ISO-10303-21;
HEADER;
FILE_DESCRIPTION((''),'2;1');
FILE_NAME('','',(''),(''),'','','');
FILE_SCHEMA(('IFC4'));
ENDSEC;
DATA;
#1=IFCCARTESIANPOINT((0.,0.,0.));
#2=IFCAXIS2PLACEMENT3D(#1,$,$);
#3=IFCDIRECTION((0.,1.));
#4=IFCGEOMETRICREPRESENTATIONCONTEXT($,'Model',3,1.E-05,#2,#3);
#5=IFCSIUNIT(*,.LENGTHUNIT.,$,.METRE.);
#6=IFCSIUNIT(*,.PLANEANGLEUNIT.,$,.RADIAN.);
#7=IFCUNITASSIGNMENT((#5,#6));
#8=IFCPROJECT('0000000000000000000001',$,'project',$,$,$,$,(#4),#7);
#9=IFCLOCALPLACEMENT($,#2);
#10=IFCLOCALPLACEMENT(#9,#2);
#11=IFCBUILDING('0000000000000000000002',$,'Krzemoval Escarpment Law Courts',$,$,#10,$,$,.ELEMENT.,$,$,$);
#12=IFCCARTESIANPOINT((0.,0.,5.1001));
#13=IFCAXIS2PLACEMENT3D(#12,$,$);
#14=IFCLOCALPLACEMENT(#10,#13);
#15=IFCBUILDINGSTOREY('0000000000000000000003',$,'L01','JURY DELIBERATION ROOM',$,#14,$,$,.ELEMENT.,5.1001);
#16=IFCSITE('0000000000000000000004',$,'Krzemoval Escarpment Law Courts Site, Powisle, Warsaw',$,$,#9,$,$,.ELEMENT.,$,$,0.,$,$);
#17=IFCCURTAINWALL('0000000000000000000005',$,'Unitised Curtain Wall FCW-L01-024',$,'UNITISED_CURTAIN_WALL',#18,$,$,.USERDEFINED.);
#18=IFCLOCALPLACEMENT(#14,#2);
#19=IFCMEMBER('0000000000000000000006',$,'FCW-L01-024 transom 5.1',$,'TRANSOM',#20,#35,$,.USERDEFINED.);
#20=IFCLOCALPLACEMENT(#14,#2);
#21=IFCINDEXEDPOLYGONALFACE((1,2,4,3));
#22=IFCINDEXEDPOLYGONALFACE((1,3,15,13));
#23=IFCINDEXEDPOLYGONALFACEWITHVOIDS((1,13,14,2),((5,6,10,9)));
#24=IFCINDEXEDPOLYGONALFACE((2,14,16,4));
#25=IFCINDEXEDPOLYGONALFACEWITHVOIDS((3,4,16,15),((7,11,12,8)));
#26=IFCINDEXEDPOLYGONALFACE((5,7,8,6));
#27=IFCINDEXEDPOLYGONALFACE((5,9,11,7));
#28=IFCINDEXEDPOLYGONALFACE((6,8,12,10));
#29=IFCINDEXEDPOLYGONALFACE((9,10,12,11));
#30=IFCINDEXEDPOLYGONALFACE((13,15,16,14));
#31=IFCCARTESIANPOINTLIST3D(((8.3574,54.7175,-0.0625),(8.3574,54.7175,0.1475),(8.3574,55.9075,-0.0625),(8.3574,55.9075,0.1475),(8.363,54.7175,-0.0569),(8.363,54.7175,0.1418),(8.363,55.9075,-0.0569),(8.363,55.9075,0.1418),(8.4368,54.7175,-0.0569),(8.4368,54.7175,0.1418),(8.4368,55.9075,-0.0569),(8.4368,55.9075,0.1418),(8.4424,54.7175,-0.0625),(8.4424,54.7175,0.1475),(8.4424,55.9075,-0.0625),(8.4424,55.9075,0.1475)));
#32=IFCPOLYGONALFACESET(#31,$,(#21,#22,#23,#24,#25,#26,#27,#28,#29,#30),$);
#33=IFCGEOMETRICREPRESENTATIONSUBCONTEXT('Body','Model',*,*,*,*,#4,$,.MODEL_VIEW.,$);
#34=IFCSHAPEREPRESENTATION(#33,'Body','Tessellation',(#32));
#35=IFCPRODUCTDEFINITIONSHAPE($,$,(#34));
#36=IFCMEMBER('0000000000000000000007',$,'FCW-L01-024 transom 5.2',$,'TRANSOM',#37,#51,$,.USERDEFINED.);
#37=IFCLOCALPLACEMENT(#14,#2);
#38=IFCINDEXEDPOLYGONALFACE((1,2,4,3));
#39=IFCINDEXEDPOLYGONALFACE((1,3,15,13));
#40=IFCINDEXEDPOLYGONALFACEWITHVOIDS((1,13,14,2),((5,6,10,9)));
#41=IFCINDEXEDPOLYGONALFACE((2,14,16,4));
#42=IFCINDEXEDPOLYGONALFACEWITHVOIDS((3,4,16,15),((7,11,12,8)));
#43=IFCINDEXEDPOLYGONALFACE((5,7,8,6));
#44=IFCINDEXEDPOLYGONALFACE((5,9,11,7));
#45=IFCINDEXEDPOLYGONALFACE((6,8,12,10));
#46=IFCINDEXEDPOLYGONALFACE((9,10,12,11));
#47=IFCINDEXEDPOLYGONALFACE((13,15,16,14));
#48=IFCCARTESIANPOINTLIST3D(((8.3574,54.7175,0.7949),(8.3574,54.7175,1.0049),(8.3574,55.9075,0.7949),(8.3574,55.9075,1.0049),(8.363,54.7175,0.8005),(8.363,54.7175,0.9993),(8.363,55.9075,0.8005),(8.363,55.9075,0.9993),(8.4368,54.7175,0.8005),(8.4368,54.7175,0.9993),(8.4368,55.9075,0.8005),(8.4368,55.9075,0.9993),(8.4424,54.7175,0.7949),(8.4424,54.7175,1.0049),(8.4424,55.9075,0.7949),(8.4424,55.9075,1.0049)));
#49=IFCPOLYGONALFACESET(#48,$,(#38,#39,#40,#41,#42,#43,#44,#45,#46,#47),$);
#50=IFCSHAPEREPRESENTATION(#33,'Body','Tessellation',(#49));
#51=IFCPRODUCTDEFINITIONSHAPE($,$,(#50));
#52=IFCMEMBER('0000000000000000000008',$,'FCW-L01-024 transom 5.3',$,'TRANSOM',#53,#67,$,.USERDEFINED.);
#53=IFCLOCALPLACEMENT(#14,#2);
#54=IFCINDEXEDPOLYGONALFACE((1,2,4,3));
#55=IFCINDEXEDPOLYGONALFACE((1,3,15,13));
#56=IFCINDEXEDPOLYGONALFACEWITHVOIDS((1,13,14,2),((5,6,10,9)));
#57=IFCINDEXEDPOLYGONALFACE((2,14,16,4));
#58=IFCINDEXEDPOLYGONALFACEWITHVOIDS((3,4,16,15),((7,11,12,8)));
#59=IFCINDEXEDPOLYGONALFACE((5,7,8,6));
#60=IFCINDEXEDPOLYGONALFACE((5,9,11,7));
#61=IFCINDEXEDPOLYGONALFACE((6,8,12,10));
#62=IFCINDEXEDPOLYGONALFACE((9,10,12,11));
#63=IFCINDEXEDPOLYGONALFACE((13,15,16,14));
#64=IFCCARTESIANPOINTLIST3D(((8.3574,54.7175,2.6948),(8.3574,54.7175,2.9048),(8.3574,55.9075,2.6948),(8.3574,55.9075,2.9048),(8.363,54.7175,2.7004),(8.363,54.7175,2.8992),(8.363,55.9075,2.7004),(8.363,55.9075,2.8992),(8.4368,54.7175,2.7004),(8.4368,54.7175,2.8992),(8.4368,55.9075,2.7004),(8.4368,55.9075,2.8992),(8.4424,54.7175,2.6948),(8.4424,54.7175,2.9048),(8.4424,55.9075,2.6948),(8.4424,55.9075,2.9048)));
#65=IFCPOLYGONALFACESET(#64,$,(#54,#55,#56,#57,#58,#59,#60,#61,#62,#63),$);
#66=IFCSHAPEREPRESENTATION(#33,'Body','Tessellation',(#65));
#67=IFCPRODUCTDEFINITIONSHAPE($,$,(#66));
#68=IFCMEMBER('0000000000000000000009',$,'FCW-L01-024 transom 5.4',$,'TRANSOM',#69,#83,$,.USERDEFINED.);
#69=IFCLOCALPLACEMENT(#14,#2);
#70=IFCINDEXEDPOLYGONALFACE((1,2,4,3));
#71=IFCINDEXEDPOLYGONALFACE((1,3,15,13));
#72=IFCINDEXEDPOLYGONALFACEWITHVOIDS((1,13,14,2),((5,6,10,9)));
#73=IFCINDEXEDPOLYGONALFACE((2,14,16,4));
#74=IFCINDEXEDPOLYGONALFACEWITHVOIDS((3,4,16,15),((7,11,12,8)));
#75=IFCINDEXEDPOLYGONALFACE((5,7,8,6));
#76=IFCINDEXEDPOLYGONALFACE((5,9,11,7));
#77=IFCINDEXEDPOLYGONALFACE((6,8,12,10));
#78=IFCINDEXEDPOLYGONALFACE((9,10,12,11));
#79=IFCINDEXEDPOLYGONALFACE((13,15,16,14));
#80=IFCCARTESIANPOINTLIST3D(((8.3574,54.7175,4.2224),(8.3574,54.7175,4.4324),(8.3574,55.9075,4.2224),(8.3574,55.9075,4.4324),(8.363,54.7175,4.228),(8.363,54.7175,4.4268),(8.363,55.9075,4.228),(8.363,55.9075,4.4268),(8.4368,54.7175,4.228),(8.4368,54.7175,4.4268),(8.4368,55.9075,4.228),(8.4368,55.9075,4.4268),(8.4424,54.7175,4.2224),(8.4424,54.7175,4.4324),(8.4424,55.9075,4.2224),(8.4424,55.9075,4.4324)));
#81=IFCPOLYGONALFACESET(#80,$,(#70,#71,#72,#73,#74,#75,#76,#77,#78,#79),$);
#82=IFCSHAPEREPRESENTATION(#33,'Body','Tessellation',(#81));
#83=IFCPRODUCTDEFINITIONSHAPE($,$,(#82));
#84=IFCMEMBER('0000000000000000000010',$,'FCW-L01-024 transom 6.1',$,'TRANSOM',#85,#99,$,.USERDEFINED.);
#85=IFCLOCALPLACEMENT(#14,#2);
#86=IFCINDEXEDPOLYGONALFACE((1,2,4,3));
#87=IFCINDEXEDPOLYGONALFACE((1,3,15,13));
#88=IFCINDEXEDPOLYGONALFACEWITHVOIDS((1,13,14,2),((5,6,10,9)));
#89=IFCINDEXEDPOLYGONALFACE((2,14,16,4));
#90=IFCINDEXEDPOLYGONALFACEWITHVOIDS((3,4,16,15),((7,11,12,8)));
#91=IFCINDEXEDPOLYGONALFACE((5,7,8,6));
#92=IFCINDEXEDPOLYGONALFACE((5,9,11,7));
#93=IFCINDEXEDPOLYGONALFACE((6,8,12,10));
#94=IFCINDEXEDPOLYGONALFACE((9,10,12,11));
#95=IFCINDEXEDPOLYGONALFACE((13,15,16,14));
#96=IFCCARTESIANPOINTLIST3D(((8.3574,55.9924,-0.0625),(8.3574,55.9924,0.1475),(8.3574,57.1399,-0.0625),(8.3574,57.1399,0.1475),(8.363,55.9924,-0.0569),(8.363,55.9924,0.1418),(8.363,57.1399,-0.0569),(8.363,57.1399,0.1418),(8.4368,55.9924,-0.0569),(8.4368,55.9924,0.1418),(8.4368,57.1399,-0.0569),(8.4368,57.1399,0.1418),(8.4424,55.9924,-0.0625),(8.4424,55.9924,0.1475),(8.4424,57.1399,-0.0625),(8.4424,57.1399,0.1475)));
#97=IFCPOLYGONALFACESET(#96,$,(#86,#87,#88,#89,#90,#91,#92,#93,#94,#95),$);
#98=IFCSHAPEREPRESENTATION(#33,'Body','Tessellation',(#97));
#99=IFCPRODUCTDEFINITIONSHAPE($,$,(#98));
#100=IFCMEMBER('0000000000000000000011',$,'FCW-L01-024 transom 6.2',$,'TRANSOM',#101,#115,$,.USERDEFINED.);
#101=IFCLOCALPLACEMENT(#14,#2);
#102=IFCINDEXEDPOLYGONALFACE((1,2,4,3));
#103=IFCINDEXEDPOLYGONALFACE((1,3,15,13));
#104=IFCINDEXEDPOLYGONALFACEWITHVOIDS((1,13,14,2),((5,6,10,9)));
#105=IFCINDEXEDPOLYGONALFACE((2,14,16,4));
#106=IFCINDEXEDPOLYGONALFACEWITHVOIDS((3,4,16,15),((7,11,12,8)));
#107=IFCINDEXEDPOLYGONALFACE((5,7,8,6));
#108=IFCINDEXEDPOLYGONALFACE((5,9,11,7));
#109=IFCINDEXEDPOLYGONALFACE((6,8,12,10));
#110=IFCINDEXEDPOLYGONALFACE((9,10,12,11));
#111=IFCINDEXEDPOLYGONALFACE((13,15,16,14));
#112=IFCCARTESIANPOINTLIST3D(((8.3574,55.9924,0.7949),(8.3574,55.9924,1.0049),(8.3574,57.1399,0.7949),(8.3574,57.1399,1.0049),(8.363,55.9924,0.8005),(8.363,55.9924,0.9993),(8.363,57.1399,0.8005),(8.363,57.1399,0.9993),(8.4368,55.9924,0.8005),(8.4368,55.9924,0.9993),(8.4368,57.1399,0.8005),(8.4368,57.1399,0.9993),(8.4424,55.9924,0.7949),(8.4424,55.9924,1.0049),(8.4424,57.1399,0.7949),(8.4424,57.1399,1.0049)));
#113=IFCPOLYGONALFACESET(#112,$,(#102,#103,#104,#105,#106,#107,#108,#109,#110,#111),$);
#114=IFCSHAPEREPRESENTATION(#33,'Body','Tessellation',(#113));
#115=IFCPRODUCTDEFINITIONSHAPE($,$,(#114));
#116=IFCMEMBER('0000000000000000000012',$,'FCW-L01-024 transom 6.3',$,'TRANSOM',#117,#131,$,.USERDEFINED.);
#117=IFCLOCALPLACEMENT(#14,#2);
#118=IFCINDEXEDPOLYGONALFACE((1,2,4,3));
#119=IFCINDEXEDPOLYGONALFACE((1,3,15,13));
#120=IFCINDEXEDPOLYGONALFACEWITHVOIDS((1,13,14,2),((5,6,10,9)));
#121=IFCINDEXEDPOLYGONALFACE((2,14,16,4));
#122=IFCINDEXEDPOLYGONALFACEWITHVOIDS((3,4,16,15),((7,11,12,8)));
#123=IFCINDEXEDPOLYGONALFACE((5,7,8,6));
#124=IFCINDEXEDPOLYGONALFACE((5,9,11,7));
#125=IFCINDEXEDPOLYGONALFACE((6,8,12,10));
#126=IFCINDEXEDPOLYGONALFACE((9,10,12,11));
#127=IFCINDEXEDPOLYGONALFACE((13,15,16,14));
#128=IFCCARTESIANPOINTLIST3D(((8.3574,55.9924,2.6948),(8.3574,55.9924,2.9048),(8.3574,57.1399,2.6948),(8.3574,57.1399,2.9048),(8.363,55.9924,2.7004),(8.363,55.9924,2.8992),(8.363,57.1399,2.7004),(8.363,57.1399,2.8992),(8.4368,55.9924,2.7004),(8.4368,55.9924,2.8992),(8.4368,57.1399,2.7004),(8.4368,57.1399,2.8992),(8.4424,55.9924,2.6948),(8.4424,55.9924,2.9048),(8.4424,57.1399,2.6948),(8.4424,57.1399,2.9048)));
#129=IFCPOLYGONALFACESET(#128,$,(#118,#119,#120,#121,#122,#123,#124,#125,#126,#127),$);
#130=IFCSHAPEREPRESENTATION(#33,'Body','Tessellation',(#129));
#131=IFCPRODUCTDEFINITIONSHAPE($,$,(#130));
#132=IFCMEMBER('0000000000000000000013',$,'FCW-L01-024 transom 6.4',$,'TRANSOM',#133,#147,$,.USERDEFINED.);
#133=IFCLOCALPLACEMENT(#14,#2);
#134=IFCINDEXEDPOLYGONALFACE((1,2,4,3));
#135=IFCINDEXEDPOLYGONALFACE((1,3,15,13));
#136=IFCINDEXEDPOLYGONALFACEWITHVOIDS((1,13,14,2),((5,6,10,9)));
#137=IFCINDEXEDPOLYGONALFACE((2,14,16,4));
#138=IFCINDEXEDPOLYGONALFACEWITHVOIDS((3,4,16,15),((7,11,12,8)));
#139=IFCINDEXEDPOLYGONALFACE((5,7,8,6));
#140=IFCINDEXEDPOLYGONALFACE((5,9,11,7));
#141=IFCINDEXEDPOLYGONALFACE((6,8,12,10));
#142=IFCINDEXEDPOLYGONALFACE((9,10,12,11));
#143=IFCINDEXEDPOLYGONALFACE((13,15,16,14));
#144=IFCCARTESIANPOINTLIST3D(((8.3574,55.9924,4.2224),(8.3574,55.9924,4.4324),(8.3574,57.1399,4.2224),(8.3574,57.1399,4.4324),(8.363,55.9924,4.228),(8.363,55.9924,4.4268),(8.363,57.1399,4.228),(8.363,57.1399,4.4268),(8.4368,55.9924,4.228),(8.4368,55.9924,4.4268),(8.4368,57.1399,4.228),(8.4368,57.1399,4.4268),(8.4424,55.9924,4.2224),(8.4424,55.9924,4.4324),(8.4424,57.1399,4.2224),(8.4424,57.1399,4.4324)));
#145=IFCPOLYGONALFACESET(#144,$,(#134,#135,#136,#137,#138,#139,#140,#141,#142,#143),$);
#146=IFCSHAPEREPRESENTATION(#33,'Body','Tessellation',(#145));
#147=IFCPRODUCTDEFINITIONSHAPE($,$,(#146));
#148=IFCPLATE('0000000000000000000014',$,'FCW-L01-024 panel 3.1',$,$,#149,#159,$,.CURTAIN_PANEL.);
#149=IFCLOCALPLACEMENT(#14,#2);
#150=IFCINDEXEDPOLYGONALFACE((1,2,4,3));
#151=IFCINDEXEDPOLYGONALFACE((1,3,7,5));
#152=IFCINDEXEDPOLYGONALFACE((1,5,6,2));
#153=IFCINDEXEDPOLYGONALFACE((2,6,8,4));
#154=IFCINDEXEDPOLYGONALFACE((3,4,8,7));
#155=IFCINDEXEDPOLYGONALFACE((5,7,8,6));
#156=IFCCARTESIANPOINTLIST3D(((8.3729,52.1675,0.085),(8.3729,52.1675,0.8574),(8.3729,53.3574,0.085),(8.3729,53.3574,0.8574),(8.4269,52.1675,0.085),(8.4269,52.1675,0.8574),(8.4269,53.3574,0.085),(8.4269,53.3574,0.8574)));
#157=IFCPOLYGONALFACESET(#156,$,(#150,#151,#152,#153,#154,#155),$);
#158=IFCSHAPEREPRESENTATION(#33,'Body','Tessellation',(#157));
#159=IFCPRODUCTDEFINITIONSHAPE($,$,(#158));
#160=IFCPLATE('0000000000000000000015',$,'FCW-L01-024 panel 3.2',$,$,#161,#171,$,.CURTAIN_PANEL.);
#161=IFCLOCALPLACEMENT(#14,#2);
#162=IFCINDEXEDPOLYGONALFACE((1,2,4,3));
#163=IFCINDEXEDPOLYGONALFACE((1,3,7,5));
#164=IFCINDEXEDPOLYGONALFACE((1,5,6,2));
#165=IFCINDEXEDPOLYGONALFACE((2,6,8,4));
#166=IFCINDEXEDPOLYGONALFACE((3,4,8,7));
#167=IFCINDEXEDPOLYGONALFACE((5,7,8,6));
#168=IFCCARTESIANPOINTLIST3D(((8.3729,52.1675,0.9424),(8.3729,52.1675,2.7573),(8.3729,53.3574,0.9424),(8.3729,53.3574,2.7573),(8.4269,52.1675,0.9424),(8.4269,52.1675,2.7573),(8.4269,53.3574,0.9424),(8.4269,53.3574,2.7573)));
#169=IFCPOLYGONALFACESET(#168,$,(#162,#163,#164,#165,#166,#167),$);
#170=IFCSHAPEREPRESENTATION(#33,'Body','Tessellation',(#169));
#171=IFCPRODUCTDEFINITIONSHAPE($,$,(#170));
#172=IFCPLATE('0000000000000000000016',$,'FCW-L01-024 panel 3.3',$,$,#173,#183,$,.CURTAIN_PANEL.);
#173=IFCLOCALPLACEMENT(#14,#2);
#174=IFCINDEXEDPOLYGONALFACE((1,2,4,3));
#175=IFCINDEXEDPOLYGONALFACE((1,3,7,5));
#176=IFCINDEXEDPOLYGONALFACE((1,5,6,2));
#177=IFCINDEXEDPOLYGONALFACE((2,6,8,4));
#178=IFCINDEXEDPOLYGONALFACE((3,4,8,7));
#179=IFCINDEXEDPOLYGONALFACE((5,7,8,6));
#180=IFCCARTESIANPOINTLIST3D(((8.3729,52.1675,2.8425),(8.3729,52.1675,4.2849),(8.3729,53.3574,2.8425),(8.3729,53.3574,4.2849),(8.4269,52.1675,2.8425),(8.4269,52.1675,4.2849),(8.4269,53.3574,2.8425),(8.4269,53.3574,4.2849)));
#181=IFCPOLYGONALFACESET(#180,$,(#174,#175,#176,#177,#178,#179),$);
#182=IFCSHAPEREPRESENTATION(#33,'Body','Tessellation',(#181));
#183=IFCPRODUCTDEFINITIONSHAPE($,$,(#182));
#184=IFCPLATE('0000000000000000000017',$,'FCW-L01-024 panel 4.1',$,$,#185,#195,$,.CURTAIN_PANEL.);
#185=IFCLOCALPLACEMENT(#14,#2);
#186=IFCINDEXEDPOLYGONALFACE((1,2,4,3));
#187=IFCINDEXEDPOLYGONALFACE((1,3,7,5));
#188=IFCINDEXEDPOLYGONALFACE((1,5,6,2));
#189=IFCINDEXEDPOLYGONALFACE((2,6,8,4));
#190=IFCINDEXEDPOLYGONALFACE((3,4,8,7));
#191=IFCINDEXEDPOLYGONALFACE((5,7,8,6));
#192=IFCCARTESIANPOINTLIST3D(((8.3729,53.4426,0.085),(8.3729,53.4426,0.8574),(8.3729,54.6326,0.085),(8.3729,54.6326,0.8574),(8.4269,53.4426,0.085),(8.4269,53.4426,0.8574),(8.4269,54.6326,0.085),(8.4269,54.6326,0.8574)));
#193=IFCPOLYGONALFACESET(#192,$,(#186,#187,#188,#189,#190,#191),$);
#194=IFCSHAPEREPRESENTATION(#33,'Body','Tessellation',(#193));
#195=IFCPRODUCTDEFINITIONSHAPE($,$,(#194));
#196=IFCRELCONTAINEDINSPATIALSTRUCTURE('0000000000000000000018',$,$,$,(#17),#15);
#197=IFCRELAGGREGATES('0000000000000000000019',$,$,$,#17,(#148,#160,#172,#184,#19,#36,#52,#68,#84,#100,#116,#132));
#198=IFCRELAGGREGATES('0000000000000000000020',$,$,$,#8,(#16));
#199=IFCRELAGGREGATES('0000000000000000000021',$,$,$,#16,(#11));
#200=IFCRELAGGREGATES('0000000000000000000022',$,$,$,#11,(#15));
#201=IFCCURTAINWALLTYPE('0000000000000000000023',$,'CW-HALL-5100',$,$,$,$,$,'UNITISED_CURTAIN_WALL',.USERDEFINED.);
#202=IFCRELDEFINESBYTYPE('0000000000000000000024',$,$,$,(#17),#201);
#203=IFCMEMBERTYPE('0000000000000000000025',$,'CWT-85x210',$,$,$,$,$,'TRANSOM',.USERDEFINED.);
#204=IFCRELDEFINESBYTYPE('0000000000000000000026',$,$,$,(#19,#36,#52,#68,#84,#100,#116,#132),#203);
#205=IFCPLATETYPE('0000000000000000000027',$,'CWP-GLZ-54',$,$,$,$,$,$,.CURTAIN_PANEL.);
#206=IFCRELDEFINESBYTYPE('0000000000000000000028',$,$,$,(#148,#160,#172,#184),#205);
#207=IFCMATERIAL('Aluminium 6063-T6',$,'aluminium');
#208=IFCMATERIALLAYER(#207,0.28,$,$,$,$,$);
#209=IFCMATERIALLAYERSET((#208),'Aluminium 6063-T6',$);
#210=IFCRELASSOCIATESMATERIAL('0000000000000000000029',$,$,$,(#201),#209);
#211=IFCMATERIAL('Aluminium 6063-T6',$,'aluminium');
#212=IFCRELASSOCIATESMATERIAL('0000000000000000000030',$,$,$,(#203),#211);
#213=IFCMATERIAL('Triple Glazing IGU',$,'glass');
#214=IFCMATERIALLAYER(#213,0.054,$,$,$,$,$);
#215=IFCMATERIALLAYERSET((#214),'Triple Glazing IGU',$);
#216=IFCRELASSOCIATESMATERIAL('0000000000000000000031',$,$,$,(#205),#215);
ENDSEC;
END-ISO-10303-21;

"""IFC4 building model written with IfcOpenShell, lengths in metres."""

from ifc_helpers import new_model, si_unit, direction, frame, origin, origin_2d, place, context, subcontext, project, spatial, rectangle, hollow_rectangle, extrude, material, layer, layer_set, material_profile, profile_set, type_object, element, aggregate, save


model = new_model("IFC4")

# Units and contexts
model_context = context("Model", 3, precision=1e-05, world=origin(), true_north=direction((0.0, 1.0)))
body_context = subcontext(model_context, "Body", "Model", "MODEL_VIEW")
ifc_project = project(units=[si_unit("LENGTHUNIT", "METRE"), si_unit("PLANEANGLEUNIT", "RADIAN")], contexts=[model_context])

# Site, building, storey
site_placement = place(None, origin())
site = spatial("IfcSite", under=ifc_project, at=site_placement, Name="Krzemoval Escarpment Law Courts Site, Powisle, Warsaw", CompositionType="ELEMENT", RefElevation=0.0)
building_placement = place(site_placement, origin())
building = spatial("IfcBuilding", under=site, at=building_placement, Name="Krzemoval Escarpment Law Courts", CompositionType="ELEMENT")
storey_placement = place(building_placement, frame((0.0, 0.0, 5.1001)))
storey = spatial("IfcBuildingStorey", under=building, at=storey_placement, Name="L01", Description="JURY DELIBERATION ROOM", CompositionType="ELEMENT", Elevation=5.1001)

# Curtain wall, members, plates
ifc_material_1 = material(Name="Aluminium 6063-T6", Category="aluminium")
ifc_layer_1 = layer(ifc_material_1, 0.28)
ifc_layer_set_1 = layer_set([ifc_layer_1], Name="Aluminium 6063-T6")
curtain_wall_type = type_object("IfcCurtainWallType", Name="CW-HALL-5100", ElementType="UNITISED_CURTAIN_WALL", PredefinedType="USERDEFINED", material=ifc_layer_set_1)
curtain_wall_placement = place(storey_placement, origin())
curtain_wall = element("IfcCurtainWall", 1, at=curtain_wall_placement, inside=storey, type_object=curtain_wall_type, Name="Unitised Curtain Wall FCW-L01-024", ObjectType="UNITISED_CURTAIN_WALL", PredefinedType="USERDEFINED")
ifc_material_2 = material(Name="Aluminium 6063-T6", Category="aluminium")
ifc_material_profile_1 = material_profile(ifc_material_2, hollow_rectangle(XDim=0.085, YDim=0.21, WallThickness=0.0056, at=origin_2d()), Name="ALU T85x210")
ifc_profile_set_1 = profile_set([ifc_material_profile_1], Name="Aluminium 6063-T6")
member_type_1 = type_object("IfcMemberType", Name="CWT-85x210", ElementType="TRANSOM", PredefinedType="USERDEFINED", material=ifc_profile_set_1)
member_1_placement = place(storey_placement, frame((8.3999, 54.7175, 0.0425), z_axis=(0.0, 1.0, 0.0), x_axis=(-1.0, 0.0, 0.0)))
member_1 = element("IfcMember", 2, at=member_1_placement, type_object=member_type_1, Name="FCW-L01-024 transom 5.1", ObjectType="TRANSOM", PredefinedType="USERDEFINED", context=body_context, shape_type="SweptSolid", body=[
    extrude(hollow_rectangle(XDim=0.085, YDim=0.21, WallThickness=0.0056, at=origin_2d()), origin(), (0.0, 0.0, 1.0), 1.1899),
])
member_2_placement = place(storey_placement, frame((8.3999, 54.7175, 0.8999), z_axis=(0.0, 1.0, 0.0), x_axis=(-1.0, 0.0, 0.0)))
member_2 = element("IfcMember", 3, at=member_2_placement, type_object=member_type_1, Name="FCW-L01-024 transom 5.2", ObjectType="TRANSOM", PredefinedType="USERDEFINED", context=body_context, shape_type="SweptSolid", body=[
    extrude(hollow_rectangle(XDim=0.085, YDim=0.21, WallThickness=0.0056, at=origin_2d()), origin(), (0.0, 0.0, 1.0), 1.1899),
])
member_3_placement = place(storey_placement, frame((8.3999, 54.7175, 2.7998), z_axis=(0.0, 1.0, 0.0), x_axis=(-1.0, 0.0, 0.0)))
member_3 = element("IfcMember", 4, at=member_3_placement, type_object=member_type_1, Name="FCW-L01-024 transom 5.3", ObjectType="TRANSOM", PredefinedType="USERDEFINED", context=body_context, shape_type="SweptSolid", body=[
    extrude(hollow_rectangle(XDim=0.085, YDim=0.21, WallThickness=0.0056, at=origin_2d()), origin(), (0.0, 0.0, 1.0), 1.1899),
])
member_4_placement = place(storey_placement, frame((8.3999, 54.7175, 4.3274), z_axis=(0.0, 1.0, 0.0), x_axis=(-1.0, 0.0, 0.0)))
member_4 = element("IfcMember", 5, at=member_4_placement, type_object=member_type_1, Name="FCW-L01-024 transom 5.4", ObjectType="TRANSOM", PredefinedType="USERDEFINED", context=body_context, shape_type="SweptSolid", body=[
    extrude(hollow_rectangle(XDim=0.085, YDim=0.21, WallThickness=0.0056, at=origin_2d()), origin(), (0.0, 0.0, 1.0), 1.1899),
])
member_5_placement = place(storey_placement, frame((8.3999, 55.9924, 0.0425), z_axis=(0.0, 1.0, 0.0), x_axis=(-1.0, 0.0, 0.0)))
member_5 = element("IfcMember", 6, at=member_5_placement, type_object=member_type_1, Name="FCW-L01-024 transom 6.1", ObjectType="TRANSOM", PredefinedType="USERDEFINED", context=body_context, shape_type="SweptSolid", body=[
    extrude(hollow_rectangle(XDim=0.085, YDim=0.21, WallThickness=0.0056, at=origin_2d()), origin(), (0.0, 0.0, 1.0), 1.1475),
])
member_6_placement = place(storey_placement, frame((8.3999, 55.9924, 0.8999), z_axis=(0.0, 1.0, 0.0), x_axis=(-1.0, 0.0, 0.0)))
member_6 = element("IfcMember", 7, at=member_6_placement, type_object=member_type_1, Name="FCW-L01-024 transom 6.2", ObjectType="TRANSOM", PredefinedType="USERDEFINED", context=body_context, shape_type="SweptSolid", body=[
    extrude(hollow_rectangle(XDim=0.085, YDim=0.21, WallThickness=0.0056, at=origin_2d()), origin(), (0.0, 0.0, 1.0), 1.1475),
])
member_7_placement = place(storey_placement, frame((8.3999, 55.9924, 2.7998), z_axis=(0.0, 1.0, 0.0), x_axis=(-1.0, 0.0, 0.0)))
member_7 = element("IfcMember", 8, at=member_7_placement, type_object=member_type_1, Name="FCW-L01-024 transom 6.3", ObjectType="TRANSOM", PredefinedType="USERDEFINED", context=body_context, shape_type="SweptSolid", body=[
    extrude(hollow_rectangle(XDim=0.085, YDim=0.21, WallThickness=0.0056, at=origin_2d()), origin(), (0.0, 0.0, 1.0), 1.1475),
])
member_8_placement = place(storey_placement, frame((8.3999, 55.9924, 4.3274), z_axis=(0.0, 1.0, 0.0), x_axis=(-1.0, 0.0, 0.0)))
member_8 = element("IfcMember", 9, at=member_8_placement, type_object=member_type_1, Name="FCW-L01-024 transom 6.4", ObjectType="TRANSOM", PredefinedType="USERDEFINED", context=body_context, shape_type="SweptSolid", body=[
    extrude(hollow_rectangle(XDim=0.085, YDim=0.21, WallThickness=0.0056, at=origin_2d()), origin(), (0.0, 0.0, 1.0), 1.1475),
])
ifc_material_3 = material(Name="Triple Glazing IGU", Category="glass")
ifc_layer_2 = layer(ifc_material_3, 0.054)
ifc_layer_set_2 = layer_set([ifc_layer_2], Name="Triple Glazing IGU")
plate_type = type_object("IfcPlateType", Name="CWP-GLZ-54", PredefinedType="CURTAIN_PANEL", material=ifc_layer_set_2)
plate_1_placement = place(storey_placement, frame((8.3999, 52.7625, 0.085), z_axis=(0.0, 0.0, 1.0), x_axis=(0.0, 1.0, 0.0)))
plate_1 = element("IfcPlate", 10, at=plate_1_placement, type_object=plate_type, Name="FCW-L01-024 panel 3.1", PredefinedType="CURTAIN_PANEL", context=body_context, shape_type="SweptSolid", body=[
    extrude(rectangle(XDim=1.1899, YDim=0.054, at=origin_2d()), origin(), (0.0, 0.0, 1.0), 0.7725),
])
plate_2_placement = place(storey_placement, frame((8.3999, 52.7625, 0.9424), z_axis=(0.0, 0.0, 1.0), x_axis=(0.0, 1.0, 0.0)))
plate_2 = element("IfcPlate", 11, at=plate_2_placement, type_object=plate_type, Name="FCW-L01-024 panel 3.2", PredefinedType="CURTAIN_PANEL", context=body_context, shape_type="SweptSolid", body=[
    extrude(rectangle(XDim=1.1899, YDim=0.054, at=origin_2d()), origin(), (0.0, 0.0, 1.0), 1.8149),
])
plate_3_placement = place(storey_placement, frame((8.3999, 52.7625, 2.8425), z_axis=(0.0, 0.0, 1.0), x_axis=(0.0, 1.0, 0.0)))
plate_3 = element("IfcPlate", 12, at=plate_3_placement, type_object=plate_type, Name="FCW-L01-024 panel 3.3", PredefinedType="CURTAIN_PANEL", context=body_context, shape_type="SweptSolid", body=[
    extrude(rectangle(XDim=1.1899, YDim=0.054, at=origin_2d()), origin(), (0.0, 0.0, 1.0), 1.4424),
])
plate_4_placement = place(storey_placement, frame((8.3999, 54.0376, 0.085), z_axis=(0.0, 0.0, 1.0), x_axis=(0.0, 1.0, 0.0)))
plate_4 = element("IfcPlate", 13, at=plate_4_placement, type_object=plate_type, Name="FCW-L01-024 panel 4.1", PredefinedType="CURTAIN_PANEL", context=body_context, shape_type="SweptSolid", body=[
    extrude(rectangle(XDim=1.1899, YDim=0.054, at=origin_2d()), origin(), (0.0, 0.0, 1.0), 0.7725),
])
aggregate(curtain_wall, [plate_1, plate_2, plate_3, plate_4, member_1, member_2, member_3, member_4, member_5, member_6, member_7, member_8])

save(model, "model.ifc")
